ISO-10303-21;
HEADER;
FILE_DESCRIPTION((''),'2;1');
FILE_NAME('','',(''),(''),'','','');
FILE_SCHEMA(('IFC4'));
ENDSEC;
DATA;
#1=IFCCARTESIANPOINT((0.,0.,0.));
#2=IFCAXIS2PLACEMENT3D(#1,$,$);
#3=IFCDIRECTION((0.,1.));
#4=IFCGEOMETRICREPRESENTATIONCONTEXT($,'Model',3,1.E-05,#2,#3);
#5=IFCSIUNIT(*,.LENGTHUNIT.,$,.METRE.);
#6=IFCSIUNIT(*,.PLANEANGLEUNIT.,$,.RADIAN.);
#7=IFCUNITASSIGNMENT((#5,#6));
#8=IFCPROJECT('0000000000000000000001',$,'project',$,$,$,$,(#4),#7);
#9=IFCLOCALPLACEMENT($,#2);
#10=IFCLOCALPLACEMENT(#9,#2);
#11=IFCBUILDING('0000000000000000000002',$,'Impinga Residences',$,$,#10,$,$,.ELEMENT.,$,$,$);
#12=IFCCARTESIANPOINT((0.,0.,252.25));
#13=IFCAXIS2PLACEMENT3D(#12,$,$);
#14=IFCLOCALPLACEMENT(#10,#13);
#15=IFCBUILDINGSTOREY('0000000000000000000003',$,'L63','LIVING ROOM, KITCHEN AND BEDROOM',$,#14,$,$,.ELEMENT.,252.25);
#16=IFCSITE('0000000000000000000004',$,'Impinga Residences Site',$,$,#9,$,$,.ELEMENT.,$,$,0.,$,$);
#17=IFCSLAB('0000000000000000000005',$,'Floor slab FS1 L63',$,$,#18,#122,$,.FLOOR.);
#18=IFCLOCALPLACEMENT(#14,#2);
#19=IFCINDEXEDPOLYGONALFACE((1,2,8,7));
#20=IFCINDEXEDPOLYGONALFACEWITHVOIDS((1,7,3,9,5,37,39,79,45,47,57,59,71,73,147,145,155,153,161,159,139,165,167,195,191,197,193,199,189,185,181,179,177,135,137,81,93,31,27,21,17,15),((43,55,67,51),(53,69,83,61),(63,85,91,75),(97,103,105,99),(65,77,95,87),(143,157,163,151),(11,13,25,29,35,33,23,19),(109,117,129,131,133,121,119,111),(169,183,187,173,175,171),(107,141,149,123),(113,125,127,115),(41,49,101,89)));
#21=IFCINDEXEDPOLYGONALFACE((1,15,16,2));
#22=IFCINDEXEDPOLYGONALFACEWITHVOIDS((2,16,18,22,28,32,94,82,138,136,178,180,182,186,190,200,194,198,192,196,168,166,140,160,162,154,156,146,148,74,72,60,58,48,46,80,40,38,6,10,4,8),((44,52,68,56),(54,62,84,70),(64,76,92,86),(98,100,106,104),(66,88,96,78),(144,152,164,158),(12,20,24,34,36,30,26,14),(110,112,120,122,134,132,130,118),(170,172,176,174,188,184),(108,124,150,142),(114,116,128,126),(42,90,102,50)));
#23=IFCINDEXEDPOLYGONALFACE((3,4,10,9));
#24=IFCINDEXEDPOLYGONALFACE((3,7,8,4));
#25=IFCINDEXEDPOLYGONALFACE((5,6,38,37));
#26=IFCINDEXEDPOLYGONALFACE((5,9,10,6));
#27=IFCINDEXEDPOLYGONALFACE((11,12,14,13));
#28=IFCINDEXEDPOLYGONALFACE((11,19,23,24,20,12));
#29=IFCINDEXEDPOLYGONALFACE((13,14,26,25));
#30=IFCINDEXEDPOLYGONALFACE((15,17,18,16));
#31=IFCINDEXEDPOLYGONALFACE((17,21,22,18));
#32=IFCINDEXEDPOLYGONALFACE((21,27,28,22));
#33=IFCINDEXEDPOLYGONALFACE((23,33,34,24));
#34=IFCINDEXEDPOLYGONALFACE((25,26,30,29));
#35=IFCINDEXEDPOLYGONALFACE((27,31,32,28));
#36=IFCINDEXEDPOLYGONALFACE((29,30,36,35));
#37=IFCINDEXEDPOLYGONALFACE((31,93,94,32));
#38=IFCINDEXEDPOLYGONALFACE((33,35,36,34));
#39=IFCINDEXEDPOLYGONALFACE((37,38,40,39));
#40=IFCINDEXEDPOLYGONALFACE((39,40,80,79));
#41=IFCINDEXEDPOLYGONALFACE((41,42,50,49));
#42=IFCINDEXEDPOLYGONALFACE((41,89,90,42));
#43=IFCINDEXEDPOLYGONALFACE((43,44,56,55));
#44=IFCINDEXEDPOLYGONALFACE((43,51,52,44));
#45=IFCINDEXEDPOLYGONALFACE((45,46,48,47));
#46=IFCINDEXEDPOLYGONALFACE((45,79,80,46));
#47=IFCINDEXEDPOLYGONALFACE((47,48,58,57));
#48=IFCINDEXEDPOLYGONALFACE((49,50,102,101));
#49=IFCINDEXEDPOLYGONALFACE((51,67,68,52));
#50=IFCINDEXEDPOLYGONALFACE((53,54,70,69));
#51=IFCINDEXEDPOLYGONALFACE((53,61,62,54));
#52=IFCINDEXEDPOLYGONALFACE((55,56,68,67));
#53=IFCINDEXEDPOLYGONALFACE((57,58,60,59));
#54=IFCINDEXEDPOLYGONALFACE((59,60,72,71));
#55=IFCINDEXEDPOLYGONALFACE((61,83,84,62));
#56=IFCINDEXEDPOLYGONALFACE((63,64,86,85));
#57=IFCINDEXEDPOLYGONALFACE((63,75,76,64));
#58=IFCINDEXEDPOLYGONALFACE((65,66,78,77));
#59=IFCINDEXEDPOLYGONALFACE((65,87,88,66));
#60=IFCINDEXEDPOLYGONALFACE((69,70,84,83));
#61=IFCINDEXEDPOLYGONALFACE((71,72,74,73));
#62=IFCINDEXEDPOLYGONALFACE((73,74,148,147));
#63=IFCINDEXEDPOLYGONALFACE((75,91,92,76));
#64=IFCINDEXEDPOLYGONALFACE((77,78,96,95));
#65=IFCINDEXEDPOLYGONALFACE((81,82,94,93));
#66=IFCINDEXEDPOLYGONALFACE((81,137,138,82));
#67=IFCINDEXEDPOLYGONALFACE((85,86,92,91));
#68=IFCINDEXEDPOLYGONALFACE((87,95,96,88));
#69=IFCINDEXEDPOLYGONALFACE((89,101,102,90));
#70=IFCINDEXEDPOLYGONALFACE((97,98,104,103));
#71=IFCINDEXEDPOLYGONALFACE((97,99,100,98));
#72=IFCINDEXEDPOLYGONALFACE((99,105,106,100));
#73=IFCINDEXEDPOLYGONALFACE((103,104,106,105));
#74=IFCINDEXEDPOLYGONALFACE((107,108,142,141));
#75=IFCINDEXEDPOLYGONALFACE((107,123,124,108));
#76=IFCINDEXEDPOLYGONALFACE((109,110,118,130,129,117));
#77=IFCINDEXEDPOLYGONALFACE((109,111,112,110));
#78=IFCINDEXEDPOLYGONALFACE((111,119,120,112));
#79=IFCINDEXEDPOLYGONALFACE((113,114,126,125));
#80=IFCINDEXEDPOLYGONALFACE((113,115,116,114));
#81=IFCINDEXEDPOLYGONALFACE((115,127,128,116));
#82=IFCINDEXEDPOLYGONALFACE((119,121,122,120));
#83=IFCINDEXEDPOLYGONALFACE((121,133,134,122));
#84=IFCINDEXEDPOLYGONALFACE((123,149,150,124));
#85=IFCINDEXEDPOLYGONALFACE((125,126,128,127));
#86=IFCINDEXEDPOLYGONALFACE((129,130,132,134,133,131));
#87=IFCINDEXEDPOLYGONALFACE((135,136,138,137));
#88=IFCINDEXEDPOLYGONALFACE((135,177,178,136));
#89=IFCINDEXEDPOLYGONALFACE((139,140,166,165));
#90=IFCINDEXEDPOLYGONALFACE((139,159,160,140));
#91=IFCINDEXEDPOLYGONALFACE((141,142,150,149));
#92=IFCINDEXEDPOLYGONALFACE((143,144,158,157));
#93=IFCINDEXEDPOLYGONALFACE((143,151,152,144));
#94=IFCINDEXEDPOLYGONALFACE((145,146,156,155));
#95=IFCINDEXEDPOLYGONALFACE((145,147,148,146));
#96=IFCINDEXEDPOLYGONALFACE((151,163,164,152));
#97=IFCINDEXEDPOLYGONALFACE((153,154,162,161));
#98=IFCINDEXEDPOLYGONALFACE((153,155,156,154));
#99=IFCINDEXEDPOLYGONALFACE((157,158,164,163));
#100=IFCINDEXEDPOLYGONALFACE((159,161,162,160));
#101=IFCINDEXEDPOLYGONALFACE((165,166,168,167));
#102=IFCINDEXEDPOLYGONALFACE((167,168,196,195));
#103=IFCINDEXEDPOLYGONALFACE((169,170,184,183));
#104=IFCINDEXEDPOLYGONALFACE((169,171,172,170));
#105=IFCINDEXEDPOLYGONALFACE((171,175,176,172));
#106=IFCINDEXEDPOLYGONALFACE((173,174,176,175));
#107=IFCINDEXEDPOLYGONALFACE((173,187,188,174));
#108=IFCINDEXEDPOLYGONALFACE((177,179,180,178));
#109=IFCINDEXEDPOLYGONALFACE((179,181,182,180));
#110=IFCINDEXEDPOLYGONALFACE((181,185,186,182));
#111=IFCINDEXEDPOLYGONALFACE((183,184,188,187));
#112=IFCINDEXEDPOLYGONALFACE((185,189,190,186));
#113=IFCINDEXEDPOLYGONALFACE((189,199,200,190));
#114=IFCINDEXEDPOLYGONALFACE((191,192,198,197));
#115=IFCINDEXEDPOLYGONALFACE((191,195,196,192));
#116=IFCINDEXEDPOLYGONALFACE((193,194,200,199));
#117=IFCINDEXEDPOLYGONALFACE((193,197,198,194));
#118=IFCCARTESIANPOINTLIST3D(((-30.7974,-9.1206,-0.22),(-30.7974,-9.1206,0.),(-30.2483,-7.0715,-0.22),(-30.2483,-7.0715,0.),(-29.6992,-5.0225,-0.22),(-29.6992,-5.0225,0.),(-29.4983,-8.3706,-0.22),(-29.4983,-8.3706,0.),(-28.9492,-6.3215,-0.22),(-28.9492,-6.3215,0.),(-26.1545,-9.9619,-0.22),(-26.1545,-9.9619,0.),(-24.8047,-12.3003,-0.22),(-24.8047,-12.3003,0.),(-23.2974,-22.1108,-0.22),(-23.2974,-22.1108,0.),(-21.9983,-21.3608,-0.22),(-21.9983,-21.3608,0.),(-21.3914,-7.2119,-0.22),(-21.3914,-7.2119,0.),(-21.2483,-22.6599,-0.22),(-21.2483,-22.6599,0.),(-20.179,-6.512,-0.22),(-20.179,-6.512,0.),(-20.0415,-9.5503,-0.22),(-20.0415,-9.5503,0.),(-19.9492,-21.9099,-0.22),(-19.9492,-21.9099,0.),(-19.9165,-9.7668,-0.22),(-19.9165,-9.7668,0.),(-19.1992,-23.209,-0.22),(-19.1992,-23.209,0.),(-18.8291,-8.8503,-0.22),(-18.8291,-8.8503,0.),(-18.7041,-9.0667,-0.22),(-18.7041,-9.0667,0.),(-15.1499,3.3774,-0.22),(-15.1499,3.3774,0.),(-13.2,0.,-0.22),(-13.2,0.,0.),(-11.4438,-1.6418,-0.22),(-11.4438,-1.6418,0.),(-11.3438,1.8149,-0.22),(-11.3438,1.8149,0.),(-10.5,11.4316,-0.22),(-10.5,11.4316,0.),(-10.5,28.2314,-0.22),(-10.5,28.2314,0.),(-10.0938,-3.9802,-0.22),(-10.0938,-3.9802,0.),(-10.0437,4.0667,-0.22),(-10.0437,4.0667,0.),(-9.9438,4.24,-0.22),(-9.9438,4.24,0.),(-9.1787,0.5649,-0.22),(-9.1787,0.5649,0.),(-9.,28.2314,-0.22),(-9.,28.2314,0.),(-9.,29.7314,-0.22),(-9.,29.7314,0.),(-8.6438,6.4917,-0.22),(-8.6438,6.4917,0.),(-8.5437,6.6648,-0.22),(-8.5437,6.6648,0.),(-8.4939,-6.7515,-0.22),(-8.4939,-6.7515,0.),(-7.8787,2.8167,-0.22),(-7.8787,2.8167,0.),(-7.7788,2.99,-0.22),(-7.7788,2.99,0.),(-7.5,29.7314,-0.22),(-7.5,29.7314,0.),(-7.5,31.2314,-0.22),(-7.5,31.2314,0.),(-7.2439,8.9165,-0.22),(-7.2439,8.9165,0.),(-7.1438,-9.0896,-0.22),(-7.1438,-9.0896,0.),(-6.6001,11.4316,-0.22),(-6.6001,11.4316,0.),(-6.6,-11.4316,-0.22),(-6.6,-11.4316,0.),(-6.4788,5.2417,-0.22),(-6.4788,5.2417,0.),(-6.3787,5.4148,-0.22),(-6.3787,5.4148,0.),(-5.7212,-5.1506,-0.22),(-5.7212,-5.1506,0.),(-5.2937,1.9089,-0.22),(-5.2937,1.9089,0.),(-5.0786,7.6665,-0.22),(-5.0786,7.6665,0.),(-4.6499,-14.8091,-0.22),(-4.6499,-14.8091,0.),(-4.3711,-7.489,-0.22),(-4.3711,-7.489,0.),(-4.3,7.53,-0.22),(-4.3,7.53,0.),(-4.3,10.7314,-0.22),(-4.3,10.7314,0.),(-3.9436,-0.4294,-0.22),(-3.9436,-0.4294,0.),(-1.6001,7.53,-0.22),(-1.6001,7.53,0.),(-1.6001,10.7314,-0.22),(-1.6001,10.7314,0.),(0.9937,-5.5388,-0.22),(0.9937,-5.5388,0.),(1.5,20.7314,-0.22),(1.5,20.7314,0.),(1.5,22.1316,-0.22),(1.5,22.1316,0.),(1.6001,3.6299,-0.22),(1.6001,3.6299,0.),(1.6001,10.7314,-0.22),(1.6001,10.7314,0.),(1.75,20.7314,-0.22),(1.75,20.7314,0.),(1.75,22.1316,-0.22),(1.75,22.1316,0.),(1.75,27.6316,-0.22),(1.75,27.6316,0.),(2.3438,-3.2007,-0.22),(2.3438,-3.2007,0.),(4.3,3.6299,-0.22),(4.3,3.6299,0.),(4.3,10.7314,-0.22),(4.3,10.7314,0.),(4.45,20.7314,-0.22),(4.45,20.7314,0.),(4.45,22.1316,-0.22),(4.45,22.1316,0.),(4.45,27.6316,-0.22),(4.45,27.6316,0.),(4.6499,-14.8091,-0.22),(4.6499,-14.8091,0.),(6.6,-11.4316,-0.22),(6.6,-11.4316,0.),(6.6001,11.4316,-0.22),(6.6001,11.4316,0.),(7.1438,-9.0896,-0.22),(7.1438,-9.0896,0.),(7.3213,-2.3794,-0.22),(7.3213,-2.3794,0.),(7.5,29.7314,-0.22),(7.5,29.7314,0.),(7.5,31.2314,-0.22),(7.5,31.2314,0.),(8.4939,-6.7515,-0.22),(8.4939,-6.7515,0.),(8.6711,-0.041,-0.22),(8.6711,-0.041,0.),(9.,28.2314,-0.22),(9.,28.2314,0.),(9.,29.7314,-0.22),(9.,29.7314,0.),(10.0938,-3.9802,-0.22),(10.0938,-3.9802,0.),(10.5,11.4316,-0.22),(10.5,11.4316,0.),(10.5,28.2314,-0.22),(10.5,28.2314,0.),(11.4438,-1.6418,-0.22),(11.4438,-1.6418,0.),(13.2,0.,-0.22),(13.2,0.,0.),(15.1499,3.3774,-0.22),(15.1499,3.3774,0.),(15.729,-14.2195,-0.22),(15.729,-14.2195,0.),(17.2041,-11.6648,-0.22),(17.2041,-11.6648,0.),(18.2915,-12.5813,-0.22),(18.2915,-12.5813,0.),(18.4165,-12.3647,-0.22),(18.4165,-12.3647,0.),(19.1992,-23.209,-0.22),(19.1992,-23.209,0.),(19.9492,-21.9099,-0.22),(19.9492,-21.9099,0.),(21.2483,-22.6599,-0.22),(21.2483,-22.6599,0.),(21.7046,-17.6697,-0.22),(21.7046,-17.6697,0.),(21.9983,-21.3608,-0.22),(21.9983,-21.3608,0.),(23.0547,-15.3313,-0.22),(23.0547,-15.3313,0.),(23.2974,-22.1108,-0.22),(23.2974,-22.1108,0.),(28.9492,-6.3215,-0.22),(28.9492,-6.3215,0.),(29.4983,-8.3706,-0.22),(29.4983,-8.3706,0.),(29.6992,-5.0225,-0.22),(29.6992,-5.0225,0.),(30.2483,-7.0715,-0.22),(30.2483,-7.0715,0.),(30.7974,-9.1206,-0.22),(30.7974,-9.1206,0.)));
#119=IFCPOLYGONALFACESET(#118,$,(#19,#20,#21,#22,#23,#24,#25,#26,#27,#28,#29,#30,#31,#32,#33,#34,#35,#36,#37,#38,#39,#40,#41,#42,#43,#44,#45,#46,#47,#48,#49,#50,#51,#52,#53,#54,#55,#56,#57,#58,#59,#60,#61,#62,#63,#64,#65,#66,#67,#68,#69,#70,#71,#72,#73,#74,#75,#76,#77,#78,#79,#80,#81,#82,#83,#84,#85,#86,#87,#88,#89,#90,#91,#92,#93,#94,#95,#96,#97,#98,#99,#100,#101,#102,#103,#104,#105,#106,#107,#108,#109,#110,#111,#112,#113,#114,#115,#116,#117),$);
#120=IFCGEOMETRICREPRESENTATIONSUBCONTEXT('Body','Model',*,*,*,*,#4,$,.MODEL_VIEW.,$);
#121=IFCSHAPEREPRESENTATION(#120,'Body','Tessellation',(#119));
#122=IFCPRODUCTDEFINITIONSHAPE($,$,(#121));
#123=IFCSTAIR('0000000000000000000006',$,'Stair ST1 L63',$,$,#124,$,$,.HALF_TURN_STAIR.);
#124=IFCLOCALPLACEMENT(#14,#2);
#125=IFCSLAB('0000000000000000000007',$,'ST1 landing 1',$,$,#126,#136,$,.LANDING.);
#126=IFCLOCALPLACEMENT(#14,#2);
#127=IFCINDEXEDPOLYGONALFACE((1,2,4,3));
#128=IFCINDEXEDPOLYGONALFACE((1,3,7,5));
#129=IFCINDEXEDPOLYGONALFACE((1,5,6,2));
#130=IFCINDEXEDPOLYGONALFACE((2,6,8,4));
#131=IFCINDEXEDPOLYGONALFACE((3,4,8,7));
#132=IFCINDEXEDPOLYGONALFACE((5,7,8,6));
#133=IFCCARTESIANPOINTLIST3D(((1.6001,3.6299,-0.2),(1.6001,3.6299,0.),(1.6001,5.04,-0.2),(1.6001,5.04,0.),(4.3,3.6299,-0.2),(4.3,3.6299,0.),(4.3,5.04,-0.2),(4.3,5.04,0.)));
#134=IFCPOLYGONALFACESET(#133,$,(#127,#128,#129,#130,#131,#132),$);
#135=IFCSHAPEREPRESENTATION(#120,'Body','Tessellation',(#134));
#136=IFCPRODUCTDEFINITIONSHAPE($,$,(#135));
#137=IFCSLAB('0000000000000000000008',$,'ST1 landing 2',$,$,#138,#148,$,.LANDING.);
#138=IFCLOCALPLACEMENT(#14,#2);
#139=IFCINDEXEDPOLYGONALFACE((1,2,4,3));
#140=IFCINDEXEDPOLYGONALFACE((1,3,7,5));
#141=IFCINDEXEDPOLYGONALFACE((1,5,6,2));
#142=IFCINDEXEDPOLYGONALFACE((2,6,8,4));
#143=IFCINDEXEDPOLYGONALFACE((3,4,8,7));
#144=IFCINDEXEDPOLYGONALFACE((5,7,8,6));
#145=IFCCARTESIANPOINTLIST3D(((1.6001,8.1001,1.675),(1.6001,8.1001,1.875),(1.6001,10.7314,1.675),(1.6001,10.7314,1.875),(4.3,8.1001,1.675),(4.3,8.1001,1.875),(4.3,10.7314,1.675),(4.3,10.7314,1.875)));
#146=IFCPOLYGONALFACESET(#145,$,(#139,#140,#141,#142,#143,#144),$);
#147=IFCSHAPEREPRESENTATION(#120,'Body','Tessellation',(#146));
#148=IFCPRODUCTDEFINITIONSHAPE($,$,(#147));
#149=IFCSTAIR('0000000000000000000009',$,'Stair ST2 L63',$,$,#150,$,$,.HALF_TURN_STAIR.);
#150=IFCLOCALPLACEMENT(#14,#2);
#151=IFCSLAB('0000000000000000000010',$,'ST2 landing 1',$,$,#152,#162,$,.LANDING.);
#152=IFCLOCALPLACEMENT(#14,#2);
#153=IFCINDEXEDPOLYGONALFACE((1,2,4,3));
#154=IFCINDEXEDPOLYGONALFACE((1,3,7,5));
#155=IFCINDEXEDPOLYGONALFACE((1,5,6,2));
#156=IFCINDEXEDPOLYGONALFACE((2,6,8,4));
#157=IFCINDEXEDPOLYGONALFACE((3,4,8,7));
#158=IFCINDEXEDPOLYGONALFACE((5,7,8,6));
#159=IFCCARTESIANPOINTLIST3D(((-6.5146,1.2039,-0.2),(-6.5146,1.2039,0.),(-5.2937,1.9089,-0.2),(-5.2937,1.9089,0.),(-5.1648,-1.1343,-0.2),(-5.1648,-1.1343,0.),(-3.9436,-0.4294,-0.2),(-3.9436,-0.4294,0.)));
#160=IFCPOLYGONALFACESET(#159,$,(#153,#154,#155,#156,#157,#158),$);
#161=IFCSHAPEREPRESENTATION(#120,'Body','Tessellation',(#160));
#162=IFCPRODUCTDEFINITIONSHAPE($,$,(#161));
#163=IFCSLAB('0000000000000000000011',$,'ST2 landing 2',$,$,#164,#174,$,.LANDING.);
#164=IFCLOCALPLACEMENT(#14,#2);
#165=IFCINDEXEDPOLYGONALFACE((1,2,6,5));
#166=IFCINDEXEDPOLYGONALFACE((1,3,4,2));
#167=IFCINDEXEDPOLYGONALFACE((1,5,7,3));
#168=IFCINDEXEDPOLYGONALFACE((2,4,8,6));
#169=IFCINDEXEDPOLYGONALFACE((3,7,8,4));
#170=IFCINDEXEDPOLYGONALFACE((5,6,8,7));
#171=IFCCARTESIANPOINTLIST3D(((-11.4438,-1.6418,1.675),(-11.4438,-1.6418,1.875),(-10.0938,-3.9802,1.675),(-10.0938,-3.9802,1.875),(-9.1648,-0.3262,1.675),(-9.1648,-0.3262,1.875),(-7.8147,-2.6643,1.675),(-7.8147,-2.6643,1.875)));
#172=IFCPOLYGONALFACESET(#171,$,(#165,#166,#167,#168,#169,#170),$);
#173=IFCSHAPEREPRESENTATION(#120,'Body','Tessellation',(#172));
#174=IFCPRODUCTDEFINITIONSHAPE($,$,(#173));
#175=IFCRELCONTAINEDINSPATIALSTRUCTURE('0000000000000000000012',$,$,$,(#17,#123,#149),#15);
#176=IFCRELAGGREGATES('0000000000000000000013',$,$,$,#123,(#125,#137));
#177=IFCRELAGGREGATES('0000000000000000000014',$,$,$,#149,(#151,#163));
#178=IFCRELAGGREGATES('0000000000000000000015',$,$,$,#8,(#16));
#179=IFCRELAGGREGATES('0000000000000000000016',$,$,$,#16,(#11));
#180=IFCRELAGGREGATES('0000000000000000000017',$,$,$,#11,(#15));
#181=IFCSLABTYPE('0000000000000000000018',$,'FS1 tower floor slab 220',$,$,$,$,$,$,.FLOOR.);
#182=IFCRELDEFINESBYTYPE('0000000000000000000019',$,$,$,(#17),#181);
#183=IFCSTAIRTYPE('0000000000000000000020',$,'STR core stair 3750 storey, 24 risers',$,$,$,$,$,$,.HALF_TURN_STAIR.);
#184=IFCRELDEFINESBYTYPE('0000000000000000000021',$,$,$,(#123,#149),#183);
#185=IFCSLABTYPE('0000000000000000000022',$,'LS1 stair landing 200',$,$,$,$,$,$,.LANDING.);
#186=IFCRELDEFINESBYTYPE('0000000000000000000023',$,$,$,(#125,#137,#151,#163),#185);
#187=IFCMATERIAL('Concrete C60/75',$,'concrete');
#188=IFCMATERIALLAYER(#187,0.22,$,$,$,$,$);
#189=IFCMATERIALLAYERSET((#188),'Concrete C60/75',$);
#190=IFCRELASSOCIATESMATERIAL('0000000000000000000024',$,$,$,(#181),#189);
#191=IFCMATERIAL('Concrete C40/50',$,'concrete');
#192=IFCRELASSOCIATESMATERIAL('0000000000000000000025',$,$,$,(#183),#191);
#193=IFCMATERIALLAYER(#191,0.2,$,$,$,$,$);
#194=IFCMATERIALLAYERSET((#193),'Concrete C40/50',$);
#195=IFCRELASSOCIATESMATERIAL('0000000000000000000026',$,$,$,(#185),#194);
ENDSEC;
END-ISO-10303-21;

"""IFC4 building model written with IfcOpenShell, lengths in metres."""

from ifc_helpers import new_model, si_unit, direction, frame, origin, place, context, subcontext, project, spatial, polyline, outline, extrude, material, layer, layer_set, type_object, element, aggregate, save


model = new_model("IFC4")

# Units and contexts
model_context = context("Model", 3, precision=1e-05, world=origin(), true_north=direction((0.0, 1.0)))
body_context = subcontext(model_context, "Body", "Model", "MODEL_VIEW")
ifc_project = project(units=[si_unit("LENGTHUNIT", "METRE"), si_unit("PLANEANGLEUNIT", "RADIAN")], contexts=[model_context])

# Site, building, storey
site_placement = place(None, origin())
site = spatial("IfcSite", under=ifc_project, at=site_placement, Name="Impinga Residences Site", CompositionType="ELEMENT", RefElevation=0.0)
building_placement = place(site_placement, origin())
building = spatial("IfcBuilding", under=site, at=building_placement, Name="Impinga Residences", CompositionType="ELEMENT")
storey_placement = place(building_placement, frame((0.0, 0.0, 252.25)))
storey = spatial("IfcBuildingStorey", under=building, at=storey_placement, Name="L63", Description="LIVING ROOM, KITCHEN AND BEDROOM", CompositionType="ELEMENT", Elevation=252.25)

# Slab
ifc_material_1 = material(Name="Concrete C60/75", Category="concrete")
ifc_layer_1 = layer(ifc_material_1, 0.22)
ifc_layer_set_1 = layer_set([ifc_layer_1], Name="Concrete C60/75")
slab_type_1 = type_object("IfcSlabType", Name="FS1 tower floor slab 220", PredefinedType="FLOOR", material=ifc_layer_set_1)
slab_1_placement = place(storey_placement, frame((0.0, 0.0, -0.22)))
element("IfcSlab", 1, at=slab_1_placement, inside=storey, type_object=slab_type_1, Name="Floor slab FS1 L63", PredefinedType="FLOOR", context=body_context, shape_type="SweptSolid", body=[
    extrude(outline(polyline([(-19.9492, -21.9099), (-21.2483, -22.6599), (-21.9983, -21.3608), (-23.2974, -22.1108), (-30.7974, -9.1206), (-29.4983, -8.3706), (-30.2483, -7.0715), (-28.9492, -6.3215), (-29.6992, -5.0225), (-15.1499, 3.3774), (-13.2, 0.0), (-6.6001, 11.4316), (-10.5, 11.4316), (-10.5, 28.2314), (-9.0, 28.2314), (-9.0, 29.7314), (-7.5, 29.7314), (-7.5, 31.2314), (7.5, 31.2314), (7.5, 29.7314), (9.0, 29.7314), (9.0, 28.2314), (10.5, 28.2314), (10.5, 11.4316), (6.6001, 11.4316), (13.2, 0.0), (15.1499, 3.3774), (29.6992, -5.0225), (28.9492, -6.3215), (30.2483, -7.0715), (29.4983, -8.3706), (30.7974, -9.1206), (23.2974, -22.1108), (21.9983, -21.3608), (21.2483, -22.6599), (19.9492, -21.9099), (19.1992, -23.209), (4.6499, -14.8091), (9.9001, -5.7158), (6.6001, -11.4316), (-6.6001, -11.4316), (-9.9001, -5.7158), (-4.6499, -14.8091), (-19.1992, -23.209), (-19.9492, -21.9099)]), holes=[polyline([(-18.7041, -9.0667), (-18.8291, -8.8503), (-18.8291, -8.8503), (-20.179, -6.512), (-21.3914, -7.2119), (-21.3914, -7.2119), (-26.1545, -9.9619), (-24.8047, -12.3003), (-20.0415, -9.5503), (-19.9165, -9.7668), (-18.7041, -9.0667)]), polyline([(-5.7212, -5.1506), (-8.4939, -6.7515), (-7.1438, -9.0896), (-4.3711, -7.489), (-5.7212, -5.1506)]), polyline([(-5.2937, 1.9089), (-11.4438, -1.6418), (-10.0938, -3.9802), (-3.9436, -0.4294), (-5.2937, 1.9089)]), polyline([(-7.8787, 2.8167), (-10.0437, 4.0667), (-11.3438, 1.8149), (-9.1787, 0.5649), (-7.8787, 2.8167)]), polyline([(-6.4788, 5.2417), (-8.6438, 6.4917), (-9.9438, 4.24), (-7.7788, 2.99), (-6.4788, 5.2417)]), polyline([(-6.3787, 5.4148), (-5.0786, 7.6665), (-7.2439, 8.9165), (-8.5437, 6.6648), (-6.3787, 5.4148)]), polyline([(-4.3, 7.53), (-1.6001, 7.53), (-1.6001, 10.7314), (-4.3, 10.7314), (-4.3, 7.53)]), polyline([(15.729, -14.2195), (21.7046, -17.6697), (23.0547, -15.3313), (18.2915, -12.5813), (18.4165, -12.3647), (17.2041, -11.6648), (15.729, -14.2195)]), polyline([(0.9937, -5.5388), (7.1438, -9.0896), (8.4939, -6.7515), (2.3438, -3.2007), (0.9937, -5.5388)]), polyline([(7.3213, -2.3794), (10.0938, -3.9802), (11.4438, -1.6418), (8.6711, -0.041), (7.3213, -2.3794)]), polyline([(4.3, 3.6299), (4.3, 10.7314), (1.6001, 10.7314), (1.6001, 3.6299), (4.3, 3.6299)]), polyline([(1.75, 22.1316), (1.5, 22.1316), (1.5, 20.7314), (1.75, 20.7314), (4.45, 20.7314), (4.45, 22.1316), (4.45, 27.6316), (1.75, 27.6316), (1.75, 22.1316)])]), origin(), (0.0, 0.0, 1.0), 0.22),
])

# Stairs, slabs
ifc_material_2 = material(Name="Concrete C40/50", Category="concrete")
stair_type_1 = type_object("IfcStairType", Name="STR core stair 3750 storey, 24 risers", PredefinedType="HALF_TURN_STAIR", material=ifc_material_2)
stair_1_placement = place(storey_placement, origin())
stair_1 = element("IfcStair", 2, at=stair_1_placement, inside=storey, type_object=stair_type_1, Name="Stair ST1 L63", PredefinedType="HALF_TURN_STAIR")
ifc_layer_2 = layer(ifc_material_2, 0.2)
ifc_layer_set_2 = layer_set([ifc_layer_2], Name="Concrete C40/50")
slab_type_2 = type_object("IfcSlabType", Name="LS1 stair landing 200", PredefinedType="LANDING", material=ifc_layer_set_2)
slab_2_placement = place(storey_placement, frame((0.0, 0.0, -0.2)))
slab_2 = element("IfcSlab", 3, at=slab_2_placement, type_object=slab_type_2, Name="ST1 landing 1", PredefinedType="LANDING", context=body_context, shape_type="SweptSolid", body=[
    extrude(outline(polyline([(1.6001, 3.6299), (4.3, 3.6299), (4.3, 5.04), (1.6001, 5.04), (1.6001, 3.6299)])), origin(), (0.0, 0.0, 1.0), 0.2),
])
slab_3_placement = place(storey_placement, frame((0.0, 0.0, 1.675)))
slab_3 = element("IfcSlab", 4, at=slab_3_placement, type_object=slab_type_2, Name="ST1 landing 2", PredefinedType="LANDING", context=body_context, shape_type="SweptSolid", body=[
    extrude(outline(polyline([(1.6001, 8.1001), (4.3, 8.1001), (4.3, 10.7314), (1.6001, 10.7314), (1.6001, 8.1001)])), origin(), (0.0, 0.0, 1.0), 0.2),
])
aggregate(stair_1, [slab_2, slab_3])
stair_2_placement = place(storey_placement, origin())
stair_2 = element("IfcStair", 5, at=stair_2_placement, inside=storey, type_object=stair_type_1, Name="Stair ST2 L63", PredefinedType="HALF_TURN_STAIR")
slab_4_placement = place(storey_placement, frame((0.0, 0.0, -0.2)))
slab_4 = element("IfcSlab", 6, at=slab_4_placement, type_object=slab_type_2, Name="ST2 landing 1", PredefinedType="LANDING", context=body_context, shape_type="SweptSolid", body=[
    extrude(outline(polyline([(-3.9436, -0.4294), (-5.2937, 1.9089), (-6.5146, 1.2039), (-5.1648, -1.1343), (-3.9436, -0.4294)])), origin(), (0.0, 0.0, 1.0), 0.2),
])
slab_5_placement = place(storey_placement, frame((0.0, 0.0, 1.675)))
slab_5 = element("IfcSlab", 7, at=slab_5_placement, type_object=slab_type_2, Name="ST2 landing 2", PredefinedType="LANDING", context=body_context, shape_type="SweptSolid", body=[
    extrude(outline(polyline([(-7.8147, -2.6643), (-9.1648, -0.3262), (-11.4438, -1.6418), (-10.0938, -3.9802), (-7.8147, -2.6643)])), origin(), (0.0, 0.0, 1.0), 0.2),
])
aggregate(stair_2, [slab_4, slab_5])

save(model, "model.ifc")
